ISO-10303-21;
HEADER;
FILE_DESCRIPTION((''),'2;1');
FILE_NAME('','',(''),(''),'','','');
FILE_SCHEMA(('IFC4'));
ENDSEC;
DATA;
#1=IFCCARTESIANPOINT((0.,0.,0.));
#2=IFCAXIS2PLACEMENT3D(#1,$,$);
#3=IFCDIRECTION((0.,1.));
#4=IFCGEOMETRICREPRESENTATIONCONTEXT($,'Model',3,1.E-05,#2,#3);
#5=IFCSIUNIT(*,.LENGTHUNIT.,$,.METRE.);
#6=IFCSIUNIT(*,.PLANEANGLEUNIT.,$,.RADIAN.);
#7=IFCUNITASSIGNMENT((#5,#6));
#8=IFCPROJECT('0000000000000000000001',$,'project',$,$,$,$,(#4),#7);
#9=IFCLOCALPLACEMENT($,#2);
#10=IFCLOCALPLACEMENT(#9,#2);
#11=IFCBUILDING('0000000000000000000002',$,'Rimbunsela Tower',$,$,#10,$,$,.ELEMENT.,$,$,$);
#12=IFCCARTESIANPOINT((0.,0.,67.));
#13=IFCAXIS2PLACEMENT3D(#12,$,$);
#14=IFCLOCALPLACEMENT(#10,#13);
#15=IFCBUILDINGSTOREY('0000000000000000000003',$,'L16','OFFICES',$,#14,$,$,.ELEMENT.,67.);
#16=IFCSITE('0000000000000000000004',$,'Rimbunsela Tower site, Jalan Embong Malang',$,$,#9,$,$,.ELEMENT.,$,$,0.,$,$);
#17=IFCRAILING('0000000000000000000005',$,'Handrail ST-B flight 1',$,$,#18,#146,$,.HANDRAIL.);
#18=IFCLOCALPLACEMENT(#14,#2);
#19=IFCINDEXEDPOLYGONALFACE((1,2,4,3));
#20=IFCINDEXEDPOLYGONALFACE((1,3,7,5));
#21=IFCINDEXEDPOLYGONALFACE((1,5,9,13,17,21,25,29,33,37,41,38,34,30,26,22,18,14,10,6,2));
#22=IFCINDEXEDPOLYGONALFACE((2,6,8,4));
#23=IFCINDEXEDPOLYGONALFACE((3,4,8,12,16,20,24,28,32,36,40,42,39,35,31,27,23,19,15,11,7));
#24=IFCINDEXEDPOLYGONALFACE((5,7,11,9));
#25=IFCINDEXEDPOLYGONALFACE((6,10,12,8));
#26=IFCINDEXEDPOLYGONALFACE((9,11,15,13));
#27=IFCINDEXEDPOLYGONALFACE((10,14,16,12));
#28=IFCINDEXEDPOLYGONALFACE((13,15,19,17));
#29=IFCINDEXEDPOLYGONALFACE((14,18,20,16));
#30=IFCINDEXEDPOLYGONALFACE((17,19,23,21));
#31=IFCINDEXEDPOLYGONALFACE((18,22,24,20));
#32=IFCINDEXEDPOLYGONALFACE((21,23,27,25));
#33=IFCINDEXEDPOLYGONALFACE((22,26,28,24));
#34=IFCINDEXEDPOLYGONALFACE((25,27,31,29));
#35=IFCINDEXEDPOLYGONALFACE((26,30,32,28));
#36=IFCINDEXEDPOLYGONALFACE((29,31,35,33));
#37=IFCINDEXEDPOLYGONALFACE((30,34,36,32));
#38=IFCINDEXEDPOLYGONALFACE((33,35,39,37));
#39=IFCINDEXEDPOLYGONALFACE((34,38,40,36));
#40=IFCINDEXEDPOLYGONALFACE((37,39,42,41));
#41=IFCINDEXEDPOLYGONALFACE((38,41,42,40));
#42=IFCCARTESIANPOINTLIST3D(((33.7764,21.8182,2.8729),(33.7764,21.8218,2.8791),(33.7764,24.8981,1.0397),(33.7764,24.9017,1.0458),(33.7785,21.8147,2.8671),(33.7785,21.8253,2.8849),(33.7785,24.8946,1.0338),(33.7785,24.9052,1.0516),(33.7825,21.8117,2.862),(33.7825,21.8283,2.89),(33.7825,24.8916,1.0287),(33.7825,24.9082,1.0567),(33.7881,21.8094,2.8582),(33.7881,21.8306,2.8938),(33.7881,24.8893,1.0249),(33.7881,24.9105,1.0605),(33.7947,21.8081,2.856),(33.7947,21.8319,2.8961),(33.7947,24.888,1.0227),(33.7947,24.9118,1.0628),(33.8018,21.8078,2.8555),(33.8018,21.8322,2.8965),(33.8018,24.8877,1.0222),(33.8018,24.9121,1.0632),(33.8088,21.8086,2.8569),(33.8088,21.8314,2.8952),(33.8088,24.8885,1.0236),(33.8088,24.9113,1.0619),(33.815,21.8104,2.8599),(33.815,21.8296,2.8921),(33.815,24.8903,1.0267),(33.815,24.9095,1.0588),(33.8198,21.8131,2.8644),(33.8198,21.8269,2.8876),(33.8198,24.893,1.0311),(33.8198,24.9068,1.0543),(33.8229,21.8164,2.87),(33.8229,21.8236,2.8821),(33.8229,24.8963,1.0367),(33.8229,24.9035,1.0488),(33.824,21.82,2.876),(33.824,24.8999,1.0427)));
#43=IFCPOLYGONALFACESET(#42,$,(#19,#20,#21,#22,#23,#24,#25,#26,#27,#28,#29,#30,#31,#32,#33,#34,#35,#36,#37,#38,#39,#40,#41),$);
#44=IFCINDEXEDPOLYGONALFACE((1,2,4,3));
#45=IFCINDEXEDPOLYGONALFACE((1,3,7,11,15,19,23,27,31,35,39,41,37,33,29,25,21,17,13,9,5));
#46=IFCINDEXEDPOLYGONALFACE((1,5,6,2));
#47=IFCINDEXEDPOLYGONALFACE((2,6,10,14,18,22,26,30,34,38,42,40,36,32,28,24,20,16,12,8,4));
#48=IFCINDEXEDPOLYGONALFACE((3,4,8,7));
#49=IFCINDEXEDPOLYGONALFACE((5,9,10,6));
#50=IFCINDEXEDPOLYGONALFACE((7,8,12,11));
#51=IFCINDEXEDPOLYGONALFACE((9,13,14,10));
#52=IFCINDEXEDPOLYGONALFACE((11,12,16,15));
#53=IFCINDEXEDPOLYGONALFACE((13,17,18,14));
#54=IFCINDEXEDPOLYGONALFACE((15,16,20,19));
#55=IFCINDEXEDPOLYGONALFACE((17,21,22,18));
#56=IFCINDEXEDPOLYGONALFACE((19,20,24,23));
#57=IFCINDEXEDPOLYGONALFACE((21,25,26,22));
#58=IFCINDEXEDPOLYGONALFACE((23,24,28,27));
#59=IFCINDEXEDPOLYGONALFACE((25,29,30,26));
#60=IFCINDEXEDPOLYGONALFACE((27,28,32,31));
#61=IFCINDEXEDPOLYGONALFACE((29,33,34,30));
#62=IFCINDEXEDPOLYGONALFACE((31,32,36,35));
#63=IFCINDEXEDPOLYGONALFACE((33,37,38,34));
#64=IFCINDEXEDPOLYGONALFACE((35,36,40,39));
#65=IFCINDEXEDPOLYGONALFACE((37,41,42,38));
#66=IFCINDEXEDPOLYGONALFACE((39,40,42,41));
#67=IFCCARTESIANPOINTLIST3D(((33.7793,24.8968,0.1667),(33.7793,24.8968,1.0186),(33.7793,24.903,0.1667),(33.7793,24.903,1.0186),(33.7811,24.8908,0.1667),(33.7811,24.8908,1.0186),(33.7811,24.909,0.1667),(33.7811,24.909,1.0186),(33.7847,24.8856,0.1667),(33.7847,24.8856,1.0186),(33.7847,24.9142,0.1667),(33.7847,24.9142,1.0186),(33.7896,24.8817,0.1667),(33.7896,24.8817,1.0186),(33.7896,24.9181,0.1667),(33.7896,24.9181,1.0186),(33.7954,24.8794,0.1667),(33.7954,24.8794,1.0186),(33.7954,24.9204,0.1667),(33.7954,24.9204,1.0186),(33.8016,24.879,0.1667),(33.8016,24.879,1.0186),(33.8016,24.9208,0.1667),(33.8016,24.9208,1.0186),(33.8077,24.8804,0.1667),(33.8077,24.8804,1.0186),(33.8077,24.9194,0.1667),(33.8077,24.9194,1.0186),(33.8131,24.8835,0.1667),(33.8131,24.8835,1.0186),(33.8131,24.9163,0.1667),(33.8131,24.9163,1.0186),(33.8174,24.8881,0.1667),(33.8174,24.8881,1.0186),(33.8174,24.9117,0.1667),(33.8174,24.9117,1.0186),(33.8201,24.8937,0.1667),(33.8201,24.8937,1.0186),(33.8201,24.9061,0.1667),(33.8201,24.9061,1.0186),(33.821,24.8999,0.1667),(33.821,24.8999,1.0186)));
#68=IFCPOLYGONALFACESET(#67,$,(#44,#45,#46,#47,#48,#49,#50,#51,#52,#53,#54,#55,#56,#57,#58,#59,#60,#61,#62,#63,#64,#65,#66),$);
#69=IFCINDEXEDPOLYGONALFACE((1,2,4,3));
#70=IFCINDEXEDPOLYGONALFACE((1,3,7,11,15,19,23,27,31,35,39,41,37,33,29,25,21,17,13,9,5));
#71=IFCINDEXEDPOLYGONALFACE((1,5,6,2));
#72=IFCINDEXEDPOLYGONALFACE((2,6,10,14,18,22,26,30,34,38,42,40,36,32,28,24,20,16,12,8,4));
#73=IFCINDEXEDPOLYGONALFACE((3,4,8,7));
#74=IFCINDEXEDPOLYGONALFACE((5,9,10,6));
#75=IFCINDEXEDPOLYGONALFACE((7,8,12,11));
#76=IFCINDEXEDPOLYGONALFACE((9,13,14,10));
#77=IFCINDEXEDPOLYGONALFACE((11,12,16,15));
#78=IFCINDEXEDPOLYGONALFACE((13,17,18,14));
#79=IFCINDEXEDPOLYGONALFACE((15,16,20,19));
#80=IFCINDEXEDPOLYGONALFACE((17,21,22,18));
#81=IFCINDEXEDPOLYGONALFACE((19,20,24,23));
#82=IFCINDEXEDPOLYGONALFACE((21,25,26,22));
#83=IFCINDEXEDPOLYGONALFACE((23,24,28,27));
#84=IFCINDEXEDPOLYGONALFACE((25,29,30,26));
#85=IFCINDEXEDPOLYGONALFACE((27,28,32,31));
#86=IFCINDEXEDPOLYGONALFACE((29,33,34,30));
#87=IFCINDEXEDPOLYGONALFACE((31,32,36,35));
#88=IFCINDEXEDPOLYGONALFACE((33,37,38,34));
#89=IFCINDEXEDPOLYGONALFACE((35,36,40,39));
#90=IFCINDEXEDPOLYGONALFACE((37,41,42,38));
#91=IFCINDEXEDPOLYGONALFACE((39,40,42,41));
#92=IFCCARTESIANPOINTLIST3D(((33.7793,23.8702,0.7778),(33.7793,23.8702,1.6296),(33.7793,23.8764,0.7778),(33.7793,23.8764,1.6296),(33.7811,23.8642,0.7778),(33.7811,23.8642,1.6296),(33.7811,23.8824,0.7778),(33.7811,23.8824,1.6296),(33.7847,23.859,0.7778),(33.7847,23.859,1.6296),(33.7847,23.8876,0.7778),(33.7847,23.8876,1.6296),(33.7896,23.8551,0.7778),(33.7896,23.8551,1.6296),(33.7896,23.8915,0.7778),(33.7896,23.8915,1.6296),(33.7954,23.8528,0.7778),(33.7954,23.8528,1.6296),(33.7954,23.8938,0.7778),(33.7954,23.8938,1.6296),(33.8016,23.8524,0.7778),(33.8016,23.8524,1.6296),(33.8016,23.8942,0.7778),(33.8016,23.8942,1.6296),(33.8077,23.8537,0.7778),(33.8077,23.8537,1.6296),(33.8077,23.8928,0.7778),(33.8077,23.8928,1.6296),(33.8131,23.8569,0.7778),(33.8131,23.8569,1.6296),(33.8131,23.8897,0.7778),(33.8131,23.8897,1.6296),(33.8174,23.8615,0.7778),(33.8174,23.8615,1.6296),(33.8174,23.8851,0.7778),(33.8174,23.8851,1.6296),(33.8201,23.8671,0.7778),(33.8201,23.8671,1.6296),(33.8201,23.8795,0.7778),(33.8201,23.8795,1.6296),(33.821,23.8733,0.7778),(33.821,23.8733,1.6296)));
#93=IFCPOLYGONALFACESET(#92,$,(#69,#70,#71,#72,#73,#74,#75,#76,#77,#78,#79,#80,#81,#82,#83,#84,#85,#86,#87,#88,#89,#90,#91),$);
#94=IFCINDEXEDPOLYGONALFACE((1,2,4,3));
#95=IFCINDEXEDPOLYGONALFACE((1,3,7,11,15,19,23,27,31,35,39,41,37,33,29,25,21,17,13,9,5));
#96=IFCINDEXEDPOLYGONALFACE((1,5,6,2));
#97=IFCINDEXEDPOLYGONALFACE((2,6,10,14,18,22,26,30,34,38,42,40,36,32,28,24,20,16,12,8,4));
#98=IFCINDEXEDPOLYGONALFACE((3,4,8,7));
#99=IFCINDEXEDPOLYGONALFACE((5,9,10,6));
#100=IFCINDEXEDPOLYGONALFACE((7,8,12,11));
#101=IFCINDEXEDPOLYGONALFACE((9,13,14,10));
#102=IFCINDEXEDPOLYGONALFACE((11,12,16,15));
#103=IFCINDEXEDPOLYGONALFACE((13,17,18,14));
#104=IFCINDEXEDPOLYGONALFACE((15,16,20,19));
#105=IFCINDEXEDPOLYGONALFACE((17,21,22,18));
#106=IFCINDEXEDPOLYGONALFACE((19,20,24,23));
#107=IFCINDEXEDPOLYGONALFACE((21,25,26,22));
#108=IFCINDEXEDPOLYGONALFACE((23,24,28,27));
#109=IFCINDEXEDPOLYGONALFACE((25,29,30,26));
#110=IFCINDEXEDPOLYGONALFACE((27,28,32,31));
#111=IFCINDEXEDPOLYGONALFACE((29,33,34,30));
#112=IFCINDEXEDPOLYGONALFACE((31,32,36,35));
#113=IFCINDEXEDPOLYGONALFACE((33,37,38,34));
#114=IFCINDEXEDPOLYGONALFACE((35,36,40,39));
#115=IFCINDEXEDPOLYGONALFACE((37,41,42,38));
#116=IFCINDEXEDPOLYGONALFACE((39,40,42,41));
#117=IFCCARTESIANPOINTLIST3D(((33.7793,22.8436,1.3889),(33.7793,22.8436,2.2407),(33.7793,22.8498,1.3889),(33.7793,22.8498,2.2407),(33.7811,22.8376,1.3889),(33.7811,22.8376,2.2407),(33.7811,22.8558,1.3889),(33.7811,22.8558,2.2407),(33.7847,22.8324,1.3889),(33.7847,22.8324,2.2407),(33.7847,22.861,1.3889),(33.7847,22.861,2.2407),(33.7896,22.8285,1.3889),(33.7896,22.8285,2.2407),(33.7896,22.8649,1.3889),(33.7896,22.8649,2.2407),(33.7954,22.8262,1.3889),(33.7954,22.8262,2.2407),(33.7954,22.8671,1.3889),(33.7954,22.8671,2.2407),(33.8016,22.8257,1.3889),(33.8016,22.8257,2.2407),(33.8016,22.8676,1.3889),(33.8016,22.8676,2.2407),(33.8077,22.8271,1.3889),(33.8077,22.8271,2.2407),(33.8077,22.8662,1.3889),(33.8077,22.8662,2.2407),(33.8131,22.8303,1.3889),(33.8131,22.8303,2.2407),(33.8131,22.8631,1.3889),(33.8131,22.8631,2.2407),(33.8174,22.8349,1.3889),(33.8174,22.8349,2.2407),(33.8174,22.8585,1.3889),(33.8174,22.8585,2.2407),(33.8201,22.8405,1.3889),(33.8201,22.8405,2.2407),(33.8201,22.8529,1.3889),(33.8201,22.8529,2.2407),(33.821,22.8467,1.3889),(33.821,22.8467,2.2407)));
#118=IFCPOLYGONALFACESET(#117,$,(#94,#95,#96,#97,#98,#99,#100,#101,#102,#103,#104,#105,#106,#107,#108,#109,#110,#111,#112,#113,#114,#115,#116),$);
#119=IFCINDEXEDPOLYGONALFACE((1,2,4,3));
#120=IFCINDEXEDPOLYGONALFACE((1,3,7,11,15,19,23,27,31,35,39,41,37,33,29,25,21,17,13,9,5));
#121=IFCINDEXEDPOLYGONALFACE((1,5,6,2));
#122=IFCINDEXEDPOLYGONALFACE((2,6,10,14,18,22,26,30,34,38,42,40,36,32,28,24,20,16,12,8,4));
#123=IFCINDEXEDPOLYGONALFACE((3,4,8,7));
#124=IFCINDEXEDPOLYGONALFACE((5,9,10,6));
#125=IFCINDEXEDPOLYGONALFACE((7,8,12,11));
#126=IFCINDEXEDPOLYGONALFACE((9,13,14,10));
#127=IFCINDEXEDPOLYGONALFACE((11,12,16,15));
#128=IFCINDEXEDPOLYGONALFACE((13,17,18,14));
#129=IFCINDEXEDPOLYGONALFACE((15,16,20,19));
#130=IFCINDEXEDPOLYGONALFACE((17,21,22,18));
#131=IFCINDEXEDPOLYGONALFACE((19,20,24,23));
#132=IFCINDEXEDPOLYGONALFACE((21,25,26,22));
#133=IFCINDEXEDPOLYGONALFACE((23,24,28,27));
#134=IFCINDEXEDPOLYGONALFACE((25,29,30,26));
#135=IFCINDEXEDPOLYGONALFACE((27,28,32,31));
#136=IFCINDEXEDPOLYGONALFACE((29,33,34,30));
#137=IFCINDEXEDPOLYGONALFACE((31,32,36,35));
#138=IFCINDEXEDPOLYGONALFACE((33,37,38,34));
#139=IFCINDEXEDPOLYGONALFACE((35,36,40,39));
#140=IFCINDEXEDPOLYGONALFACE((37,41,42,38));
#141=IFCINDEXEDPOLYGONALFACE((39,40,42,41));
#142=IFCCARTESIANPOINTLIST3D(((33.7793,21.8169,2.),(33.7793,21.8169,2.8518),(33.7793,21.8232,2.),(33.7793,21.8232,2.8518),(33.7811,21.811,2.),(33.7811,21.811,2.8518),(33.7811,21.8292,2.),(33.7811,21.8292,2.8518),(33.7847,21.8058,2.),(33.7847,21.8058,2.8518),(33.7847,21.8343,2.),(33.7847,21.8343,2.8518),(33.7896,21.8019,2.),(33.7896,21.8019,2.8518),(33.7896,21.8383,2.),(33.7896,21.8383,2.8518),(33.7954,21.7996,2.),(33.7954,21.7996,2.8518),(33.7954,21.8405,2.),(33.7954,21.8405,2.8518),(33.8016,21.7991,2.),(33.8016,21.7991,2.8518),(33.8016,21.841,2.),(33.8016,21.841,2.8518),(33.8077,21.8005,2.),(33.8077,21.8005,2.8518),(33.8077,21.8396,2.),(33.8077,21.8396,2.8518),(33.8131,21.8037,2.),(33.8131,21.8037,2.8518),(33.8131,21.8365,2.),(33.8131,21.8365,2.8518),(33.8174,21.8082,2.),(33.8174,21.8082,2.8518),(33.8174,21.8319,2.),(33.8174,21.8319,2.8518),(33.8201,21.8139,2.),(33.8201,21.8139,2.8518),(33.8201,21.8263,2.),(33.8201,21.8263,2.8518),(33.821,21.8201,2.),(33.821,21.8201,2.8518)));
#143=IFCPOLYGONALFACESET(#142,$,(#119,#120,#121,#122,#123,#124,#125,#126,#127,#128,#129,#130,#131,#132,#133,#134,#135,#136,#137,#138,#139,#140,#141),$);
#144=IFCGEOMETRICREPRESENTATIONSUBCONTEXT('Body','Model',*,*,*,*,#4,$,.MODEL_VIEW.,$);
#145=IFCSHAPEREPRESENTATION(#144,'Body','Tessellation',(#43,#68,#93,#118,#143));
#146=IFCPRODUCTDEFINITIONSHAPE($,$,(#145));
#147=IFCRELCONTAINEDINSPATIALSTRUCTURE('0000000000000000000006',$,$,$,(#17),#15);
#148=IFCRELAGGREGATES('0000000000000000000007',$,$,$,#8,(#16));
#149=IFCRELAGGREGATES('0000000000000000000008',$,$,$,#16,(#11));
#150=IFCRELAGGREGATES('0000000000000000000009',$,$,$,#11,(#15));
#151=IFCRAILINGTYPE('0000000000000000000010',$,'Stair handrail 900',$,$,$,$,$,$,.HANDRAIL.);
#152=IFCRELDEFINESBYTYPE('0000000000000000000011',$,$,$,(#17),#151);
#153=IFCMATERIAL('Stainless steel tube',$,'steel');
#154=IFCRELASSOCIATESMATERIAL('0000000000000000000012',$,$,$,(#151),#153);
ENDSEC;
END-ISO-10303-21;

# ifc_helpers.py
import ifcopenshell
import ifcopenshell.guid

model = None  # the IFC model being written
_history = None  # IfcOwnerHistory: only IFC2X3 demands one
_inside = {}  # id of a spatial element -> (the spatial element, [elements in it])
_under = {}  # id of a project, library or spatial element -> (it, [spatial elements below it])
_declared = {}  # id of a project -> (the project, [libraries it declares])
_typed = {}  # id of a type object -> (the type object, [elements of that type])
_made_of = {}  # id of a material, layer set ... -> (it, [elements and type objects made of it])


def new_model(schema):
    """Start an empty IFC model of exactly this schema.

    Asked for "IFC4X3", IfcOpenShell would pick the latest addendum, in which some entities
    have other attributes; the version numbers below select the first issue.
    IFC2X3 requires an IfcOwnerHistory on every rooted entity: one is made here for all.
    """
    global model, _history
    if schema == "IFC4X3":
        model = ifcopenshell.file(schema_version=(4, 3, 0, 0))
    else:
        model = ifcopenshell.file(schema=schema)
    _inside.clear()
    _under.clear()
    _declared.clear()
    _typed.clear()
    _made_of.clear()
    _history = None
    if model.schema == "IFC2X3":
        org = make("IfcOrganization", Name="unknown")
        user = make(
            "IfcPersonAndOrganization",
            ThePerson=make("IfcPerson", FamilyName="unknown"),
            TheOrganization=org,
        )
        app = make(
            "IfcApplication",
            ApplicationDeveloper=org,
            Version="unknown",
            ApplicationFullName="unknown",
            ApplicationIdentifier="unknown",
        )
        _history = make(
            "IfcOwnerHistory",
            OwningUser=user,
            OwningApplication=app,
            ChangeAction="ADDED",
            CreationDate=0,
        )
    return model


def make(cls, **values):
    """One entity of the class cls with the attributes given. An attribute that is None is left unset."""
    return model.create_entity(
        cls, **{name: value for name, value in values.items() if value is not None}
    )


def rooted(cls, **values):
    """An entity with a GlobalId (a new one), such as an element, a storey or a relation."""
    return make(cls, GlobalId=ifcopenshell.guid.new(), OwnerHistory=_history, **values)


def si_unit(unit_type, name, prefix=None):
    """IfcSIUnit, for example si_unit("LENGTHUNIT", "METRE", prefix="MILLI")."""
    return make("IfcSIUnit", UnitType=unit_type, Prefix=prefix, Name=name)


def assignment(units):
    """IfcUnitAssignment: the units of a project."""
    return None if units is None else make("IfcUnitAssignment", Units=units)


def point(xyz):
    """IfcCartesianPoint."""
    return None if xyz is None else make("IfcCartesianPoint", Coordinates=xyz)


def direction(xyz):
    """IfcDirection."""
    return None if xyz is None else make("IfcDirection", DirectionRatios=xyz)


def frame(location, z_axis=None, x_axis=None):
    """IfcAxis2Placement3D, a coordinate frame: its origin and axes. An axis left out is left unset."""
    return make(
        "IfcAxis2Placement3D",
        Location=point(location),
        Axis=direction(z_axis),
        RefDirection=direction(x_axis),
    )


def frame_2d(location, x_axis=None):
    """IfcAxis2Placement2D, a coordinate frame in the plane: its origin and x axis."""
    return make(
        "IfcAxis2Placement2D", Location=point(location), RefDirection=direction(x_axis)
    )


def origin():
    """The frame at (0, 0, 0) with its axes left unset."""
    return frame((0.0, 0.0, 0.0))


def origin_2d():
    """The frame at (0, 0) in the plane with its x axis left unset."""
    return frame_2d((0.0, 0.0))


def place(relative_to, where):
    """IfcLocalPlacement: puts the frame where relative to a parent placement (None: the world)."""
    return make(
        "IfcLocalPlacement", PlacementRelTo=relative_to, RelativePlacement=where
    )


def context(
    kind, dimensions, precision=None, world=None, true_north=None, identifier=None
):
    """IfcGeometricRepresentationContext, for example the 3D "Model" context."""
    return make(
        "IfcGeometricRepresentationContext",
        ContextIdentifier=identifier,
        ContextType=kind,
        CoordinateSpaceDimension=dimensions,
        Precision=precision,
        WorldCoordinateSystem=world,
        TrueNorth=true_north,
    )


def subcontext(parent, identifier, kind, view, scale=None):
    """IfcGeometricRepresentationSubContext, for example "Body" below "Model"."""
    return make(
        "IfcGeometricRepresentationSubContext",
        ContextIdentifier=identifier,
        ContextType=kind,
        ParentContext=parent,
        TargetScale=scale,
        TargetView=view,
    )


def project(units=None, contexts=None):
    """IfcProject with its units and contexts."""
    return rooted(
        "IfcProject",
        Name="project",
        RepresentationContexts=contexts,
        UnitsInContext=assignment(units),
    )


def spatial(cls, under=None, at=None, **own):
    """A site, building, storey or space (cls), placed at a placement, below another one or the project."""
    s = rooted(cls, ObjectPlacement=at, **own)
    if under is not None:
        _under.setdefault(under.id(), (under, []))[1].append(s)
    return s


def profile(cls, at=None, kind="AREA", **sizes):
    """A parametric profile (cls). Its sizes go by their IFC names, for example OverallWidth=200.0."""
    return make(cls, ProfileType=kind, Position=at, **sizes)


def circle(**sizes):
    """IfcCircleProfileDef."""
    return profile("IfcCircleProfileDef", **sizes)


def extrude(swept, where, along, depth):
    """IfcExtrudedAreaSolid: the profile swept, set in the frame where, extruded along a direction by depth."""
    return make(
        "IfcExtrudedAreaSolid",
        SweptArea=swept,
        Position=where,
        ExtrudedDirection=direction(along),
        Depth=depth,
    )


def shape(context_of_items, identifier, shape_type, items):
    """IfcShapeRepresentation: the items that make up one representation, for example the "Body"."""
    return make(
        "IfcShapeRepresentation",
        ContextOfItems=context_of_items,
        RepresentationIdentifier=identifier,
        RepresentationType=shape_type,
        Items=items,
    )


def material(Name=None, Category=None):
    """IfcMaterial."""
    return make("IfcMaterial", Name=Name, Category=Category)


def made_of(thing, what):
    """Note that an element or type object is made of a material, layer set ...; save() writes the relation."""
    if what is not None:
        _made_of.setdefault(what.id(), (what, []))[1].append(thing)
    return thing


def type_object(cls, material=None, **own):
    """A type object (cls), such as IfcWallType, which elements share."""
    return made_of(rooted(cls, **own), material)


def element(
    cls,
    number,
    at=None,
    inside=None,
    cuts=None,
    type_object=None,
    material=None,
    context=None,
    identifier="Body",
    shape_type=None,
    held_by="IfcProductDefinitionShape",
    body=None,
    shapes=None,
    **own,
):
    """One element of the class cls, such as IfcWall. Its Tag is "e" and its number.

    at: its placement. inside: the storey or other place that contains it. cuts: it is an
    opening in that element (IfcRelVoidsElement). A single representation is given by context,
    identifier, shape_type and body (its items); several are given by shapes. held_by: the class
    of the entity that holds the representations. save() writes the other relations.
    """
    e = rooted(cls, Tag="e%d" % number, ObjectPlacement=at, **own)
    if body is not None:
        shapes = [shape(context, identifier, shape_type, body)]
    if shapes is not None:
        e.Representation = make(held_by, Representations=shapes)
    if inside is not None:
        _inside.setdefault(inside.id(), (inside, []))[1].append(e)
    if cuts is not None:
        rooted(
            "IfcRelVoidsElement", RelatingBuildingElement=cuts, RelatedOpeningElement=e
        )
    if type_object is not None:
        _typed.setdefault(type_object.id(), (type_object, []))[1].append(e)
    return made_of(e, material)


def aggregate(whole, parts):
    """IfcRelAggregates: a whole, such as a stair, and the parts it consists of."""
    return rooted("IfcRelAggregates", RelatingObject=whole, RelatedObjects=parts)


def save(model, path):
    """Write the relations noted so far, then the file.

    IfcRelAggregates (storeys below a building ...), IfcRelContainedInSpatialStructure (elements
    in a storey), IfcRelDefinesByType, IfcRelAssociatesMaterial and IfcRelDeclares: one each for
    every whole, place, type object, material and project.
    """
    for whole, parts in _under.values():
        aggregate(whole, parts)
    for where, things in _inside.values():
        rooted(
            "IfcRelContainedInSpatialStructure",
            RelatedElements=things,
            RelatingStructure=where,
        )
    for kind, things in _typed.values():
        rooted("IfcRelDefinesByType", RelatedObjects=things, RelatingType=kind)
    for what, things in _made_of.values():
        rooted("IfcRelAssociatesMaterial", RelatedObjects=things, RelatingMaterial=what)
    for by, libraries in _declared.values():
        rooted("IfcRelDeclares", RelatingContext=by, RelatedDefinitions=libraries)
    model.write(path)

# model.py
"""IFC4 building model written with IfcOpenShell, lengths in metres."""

from ifc_helpers import new_model, si_unit, direction, frame, origin, origin_2d, place, context, subcontext, project, spatial, circle, extrude, material, type_object, element, save


model = new_model("IFC4")

# Units and contexts
model_context = context("Model", 3, precision=1e-05, world=origin(), true_north=direction((0.0, 1.0)))
body_context = subcontext(model_context, "Body", "Model", "MODEL_VIEW")
ifc_project = project(units=[si_unit("LENGTHUNIT", "METRE"), si_unit("PLANEANGLEUNIT", "RADIAN")], contexts=[model_context])

# Site, building, storey
site_placement = place(None, origin())
site = spatial("IfcSite", under=ifc_project, at=site_placement, Name="Rimbunsela Tower site, Jalan Embong Malang", CompositionType="ELEMENT", RefElevation=0.0)
building_placement = place(site_placement, origin())
building = spatial("IfcBuilding", under=site, at=building_placement, Name="Rimbunsela Tower", CompositionType="ELEMENT")
storey_placement = place(building_placement, frame((0.0, 0.0, 67.0)))
storey = spatial("IfcBuildingStorey", under=building, at=storey_placement, Name="L16", Description="OFFICES", CompositionType="ELEMENT", Elevation=67.0)

# Railing
ifc_material_1 = material(Name="Stainless steel tube", Category="steel")
railing_type = type_object("IfcRailingType", Name="Stair handrail 900", PredefinedType="HANDRAIL", material=ifc_material_1)
railing_placement = place(storey_placement, frame((33.8, 24.8999, 0.1667)))
element("IfcRailing", 1, at=railing_placement, inside=storey, type_object=railing_type, Name="Handrail ST-B flight 1", PredefinedType="HANDRAIL", context=body_context, shape_type="SweptSolid", body=[
    extrude(circle(Radius=0.0239, at=origin_2d()), frame((0.0, 0.0, 0.876), z_axis=(0.0, -0.859291, 0.511487), x_axis=(1.0, 0.0, 0.0)), (0.0, 0.0, 1.0), 3.5842),
    extrude(circle(Radius=0.021, at=origin_2d()), origin(), (0.0, 0.0, 1.0), 0.8518),
    extrude(circle(Radius=0.021, at=origin_2d()), frame((0.0, -1.0266, 0.6111)), (0.0, 0.0, 1.0), 0.8518),
    extrude(circle(Radius=0.021, at=origin_2d()), frame((0.0, -2.0532, 1.2222)), (0.0, 0.0, 1.0), 0.8518),
    extrude(circle(Radius=0.021, at=origin_2d()), frame((0.0, -3.0798, 1.8333)), (0.0, 0.0, 1.0), 0.8518),
])

save(model, "model.ifc")
